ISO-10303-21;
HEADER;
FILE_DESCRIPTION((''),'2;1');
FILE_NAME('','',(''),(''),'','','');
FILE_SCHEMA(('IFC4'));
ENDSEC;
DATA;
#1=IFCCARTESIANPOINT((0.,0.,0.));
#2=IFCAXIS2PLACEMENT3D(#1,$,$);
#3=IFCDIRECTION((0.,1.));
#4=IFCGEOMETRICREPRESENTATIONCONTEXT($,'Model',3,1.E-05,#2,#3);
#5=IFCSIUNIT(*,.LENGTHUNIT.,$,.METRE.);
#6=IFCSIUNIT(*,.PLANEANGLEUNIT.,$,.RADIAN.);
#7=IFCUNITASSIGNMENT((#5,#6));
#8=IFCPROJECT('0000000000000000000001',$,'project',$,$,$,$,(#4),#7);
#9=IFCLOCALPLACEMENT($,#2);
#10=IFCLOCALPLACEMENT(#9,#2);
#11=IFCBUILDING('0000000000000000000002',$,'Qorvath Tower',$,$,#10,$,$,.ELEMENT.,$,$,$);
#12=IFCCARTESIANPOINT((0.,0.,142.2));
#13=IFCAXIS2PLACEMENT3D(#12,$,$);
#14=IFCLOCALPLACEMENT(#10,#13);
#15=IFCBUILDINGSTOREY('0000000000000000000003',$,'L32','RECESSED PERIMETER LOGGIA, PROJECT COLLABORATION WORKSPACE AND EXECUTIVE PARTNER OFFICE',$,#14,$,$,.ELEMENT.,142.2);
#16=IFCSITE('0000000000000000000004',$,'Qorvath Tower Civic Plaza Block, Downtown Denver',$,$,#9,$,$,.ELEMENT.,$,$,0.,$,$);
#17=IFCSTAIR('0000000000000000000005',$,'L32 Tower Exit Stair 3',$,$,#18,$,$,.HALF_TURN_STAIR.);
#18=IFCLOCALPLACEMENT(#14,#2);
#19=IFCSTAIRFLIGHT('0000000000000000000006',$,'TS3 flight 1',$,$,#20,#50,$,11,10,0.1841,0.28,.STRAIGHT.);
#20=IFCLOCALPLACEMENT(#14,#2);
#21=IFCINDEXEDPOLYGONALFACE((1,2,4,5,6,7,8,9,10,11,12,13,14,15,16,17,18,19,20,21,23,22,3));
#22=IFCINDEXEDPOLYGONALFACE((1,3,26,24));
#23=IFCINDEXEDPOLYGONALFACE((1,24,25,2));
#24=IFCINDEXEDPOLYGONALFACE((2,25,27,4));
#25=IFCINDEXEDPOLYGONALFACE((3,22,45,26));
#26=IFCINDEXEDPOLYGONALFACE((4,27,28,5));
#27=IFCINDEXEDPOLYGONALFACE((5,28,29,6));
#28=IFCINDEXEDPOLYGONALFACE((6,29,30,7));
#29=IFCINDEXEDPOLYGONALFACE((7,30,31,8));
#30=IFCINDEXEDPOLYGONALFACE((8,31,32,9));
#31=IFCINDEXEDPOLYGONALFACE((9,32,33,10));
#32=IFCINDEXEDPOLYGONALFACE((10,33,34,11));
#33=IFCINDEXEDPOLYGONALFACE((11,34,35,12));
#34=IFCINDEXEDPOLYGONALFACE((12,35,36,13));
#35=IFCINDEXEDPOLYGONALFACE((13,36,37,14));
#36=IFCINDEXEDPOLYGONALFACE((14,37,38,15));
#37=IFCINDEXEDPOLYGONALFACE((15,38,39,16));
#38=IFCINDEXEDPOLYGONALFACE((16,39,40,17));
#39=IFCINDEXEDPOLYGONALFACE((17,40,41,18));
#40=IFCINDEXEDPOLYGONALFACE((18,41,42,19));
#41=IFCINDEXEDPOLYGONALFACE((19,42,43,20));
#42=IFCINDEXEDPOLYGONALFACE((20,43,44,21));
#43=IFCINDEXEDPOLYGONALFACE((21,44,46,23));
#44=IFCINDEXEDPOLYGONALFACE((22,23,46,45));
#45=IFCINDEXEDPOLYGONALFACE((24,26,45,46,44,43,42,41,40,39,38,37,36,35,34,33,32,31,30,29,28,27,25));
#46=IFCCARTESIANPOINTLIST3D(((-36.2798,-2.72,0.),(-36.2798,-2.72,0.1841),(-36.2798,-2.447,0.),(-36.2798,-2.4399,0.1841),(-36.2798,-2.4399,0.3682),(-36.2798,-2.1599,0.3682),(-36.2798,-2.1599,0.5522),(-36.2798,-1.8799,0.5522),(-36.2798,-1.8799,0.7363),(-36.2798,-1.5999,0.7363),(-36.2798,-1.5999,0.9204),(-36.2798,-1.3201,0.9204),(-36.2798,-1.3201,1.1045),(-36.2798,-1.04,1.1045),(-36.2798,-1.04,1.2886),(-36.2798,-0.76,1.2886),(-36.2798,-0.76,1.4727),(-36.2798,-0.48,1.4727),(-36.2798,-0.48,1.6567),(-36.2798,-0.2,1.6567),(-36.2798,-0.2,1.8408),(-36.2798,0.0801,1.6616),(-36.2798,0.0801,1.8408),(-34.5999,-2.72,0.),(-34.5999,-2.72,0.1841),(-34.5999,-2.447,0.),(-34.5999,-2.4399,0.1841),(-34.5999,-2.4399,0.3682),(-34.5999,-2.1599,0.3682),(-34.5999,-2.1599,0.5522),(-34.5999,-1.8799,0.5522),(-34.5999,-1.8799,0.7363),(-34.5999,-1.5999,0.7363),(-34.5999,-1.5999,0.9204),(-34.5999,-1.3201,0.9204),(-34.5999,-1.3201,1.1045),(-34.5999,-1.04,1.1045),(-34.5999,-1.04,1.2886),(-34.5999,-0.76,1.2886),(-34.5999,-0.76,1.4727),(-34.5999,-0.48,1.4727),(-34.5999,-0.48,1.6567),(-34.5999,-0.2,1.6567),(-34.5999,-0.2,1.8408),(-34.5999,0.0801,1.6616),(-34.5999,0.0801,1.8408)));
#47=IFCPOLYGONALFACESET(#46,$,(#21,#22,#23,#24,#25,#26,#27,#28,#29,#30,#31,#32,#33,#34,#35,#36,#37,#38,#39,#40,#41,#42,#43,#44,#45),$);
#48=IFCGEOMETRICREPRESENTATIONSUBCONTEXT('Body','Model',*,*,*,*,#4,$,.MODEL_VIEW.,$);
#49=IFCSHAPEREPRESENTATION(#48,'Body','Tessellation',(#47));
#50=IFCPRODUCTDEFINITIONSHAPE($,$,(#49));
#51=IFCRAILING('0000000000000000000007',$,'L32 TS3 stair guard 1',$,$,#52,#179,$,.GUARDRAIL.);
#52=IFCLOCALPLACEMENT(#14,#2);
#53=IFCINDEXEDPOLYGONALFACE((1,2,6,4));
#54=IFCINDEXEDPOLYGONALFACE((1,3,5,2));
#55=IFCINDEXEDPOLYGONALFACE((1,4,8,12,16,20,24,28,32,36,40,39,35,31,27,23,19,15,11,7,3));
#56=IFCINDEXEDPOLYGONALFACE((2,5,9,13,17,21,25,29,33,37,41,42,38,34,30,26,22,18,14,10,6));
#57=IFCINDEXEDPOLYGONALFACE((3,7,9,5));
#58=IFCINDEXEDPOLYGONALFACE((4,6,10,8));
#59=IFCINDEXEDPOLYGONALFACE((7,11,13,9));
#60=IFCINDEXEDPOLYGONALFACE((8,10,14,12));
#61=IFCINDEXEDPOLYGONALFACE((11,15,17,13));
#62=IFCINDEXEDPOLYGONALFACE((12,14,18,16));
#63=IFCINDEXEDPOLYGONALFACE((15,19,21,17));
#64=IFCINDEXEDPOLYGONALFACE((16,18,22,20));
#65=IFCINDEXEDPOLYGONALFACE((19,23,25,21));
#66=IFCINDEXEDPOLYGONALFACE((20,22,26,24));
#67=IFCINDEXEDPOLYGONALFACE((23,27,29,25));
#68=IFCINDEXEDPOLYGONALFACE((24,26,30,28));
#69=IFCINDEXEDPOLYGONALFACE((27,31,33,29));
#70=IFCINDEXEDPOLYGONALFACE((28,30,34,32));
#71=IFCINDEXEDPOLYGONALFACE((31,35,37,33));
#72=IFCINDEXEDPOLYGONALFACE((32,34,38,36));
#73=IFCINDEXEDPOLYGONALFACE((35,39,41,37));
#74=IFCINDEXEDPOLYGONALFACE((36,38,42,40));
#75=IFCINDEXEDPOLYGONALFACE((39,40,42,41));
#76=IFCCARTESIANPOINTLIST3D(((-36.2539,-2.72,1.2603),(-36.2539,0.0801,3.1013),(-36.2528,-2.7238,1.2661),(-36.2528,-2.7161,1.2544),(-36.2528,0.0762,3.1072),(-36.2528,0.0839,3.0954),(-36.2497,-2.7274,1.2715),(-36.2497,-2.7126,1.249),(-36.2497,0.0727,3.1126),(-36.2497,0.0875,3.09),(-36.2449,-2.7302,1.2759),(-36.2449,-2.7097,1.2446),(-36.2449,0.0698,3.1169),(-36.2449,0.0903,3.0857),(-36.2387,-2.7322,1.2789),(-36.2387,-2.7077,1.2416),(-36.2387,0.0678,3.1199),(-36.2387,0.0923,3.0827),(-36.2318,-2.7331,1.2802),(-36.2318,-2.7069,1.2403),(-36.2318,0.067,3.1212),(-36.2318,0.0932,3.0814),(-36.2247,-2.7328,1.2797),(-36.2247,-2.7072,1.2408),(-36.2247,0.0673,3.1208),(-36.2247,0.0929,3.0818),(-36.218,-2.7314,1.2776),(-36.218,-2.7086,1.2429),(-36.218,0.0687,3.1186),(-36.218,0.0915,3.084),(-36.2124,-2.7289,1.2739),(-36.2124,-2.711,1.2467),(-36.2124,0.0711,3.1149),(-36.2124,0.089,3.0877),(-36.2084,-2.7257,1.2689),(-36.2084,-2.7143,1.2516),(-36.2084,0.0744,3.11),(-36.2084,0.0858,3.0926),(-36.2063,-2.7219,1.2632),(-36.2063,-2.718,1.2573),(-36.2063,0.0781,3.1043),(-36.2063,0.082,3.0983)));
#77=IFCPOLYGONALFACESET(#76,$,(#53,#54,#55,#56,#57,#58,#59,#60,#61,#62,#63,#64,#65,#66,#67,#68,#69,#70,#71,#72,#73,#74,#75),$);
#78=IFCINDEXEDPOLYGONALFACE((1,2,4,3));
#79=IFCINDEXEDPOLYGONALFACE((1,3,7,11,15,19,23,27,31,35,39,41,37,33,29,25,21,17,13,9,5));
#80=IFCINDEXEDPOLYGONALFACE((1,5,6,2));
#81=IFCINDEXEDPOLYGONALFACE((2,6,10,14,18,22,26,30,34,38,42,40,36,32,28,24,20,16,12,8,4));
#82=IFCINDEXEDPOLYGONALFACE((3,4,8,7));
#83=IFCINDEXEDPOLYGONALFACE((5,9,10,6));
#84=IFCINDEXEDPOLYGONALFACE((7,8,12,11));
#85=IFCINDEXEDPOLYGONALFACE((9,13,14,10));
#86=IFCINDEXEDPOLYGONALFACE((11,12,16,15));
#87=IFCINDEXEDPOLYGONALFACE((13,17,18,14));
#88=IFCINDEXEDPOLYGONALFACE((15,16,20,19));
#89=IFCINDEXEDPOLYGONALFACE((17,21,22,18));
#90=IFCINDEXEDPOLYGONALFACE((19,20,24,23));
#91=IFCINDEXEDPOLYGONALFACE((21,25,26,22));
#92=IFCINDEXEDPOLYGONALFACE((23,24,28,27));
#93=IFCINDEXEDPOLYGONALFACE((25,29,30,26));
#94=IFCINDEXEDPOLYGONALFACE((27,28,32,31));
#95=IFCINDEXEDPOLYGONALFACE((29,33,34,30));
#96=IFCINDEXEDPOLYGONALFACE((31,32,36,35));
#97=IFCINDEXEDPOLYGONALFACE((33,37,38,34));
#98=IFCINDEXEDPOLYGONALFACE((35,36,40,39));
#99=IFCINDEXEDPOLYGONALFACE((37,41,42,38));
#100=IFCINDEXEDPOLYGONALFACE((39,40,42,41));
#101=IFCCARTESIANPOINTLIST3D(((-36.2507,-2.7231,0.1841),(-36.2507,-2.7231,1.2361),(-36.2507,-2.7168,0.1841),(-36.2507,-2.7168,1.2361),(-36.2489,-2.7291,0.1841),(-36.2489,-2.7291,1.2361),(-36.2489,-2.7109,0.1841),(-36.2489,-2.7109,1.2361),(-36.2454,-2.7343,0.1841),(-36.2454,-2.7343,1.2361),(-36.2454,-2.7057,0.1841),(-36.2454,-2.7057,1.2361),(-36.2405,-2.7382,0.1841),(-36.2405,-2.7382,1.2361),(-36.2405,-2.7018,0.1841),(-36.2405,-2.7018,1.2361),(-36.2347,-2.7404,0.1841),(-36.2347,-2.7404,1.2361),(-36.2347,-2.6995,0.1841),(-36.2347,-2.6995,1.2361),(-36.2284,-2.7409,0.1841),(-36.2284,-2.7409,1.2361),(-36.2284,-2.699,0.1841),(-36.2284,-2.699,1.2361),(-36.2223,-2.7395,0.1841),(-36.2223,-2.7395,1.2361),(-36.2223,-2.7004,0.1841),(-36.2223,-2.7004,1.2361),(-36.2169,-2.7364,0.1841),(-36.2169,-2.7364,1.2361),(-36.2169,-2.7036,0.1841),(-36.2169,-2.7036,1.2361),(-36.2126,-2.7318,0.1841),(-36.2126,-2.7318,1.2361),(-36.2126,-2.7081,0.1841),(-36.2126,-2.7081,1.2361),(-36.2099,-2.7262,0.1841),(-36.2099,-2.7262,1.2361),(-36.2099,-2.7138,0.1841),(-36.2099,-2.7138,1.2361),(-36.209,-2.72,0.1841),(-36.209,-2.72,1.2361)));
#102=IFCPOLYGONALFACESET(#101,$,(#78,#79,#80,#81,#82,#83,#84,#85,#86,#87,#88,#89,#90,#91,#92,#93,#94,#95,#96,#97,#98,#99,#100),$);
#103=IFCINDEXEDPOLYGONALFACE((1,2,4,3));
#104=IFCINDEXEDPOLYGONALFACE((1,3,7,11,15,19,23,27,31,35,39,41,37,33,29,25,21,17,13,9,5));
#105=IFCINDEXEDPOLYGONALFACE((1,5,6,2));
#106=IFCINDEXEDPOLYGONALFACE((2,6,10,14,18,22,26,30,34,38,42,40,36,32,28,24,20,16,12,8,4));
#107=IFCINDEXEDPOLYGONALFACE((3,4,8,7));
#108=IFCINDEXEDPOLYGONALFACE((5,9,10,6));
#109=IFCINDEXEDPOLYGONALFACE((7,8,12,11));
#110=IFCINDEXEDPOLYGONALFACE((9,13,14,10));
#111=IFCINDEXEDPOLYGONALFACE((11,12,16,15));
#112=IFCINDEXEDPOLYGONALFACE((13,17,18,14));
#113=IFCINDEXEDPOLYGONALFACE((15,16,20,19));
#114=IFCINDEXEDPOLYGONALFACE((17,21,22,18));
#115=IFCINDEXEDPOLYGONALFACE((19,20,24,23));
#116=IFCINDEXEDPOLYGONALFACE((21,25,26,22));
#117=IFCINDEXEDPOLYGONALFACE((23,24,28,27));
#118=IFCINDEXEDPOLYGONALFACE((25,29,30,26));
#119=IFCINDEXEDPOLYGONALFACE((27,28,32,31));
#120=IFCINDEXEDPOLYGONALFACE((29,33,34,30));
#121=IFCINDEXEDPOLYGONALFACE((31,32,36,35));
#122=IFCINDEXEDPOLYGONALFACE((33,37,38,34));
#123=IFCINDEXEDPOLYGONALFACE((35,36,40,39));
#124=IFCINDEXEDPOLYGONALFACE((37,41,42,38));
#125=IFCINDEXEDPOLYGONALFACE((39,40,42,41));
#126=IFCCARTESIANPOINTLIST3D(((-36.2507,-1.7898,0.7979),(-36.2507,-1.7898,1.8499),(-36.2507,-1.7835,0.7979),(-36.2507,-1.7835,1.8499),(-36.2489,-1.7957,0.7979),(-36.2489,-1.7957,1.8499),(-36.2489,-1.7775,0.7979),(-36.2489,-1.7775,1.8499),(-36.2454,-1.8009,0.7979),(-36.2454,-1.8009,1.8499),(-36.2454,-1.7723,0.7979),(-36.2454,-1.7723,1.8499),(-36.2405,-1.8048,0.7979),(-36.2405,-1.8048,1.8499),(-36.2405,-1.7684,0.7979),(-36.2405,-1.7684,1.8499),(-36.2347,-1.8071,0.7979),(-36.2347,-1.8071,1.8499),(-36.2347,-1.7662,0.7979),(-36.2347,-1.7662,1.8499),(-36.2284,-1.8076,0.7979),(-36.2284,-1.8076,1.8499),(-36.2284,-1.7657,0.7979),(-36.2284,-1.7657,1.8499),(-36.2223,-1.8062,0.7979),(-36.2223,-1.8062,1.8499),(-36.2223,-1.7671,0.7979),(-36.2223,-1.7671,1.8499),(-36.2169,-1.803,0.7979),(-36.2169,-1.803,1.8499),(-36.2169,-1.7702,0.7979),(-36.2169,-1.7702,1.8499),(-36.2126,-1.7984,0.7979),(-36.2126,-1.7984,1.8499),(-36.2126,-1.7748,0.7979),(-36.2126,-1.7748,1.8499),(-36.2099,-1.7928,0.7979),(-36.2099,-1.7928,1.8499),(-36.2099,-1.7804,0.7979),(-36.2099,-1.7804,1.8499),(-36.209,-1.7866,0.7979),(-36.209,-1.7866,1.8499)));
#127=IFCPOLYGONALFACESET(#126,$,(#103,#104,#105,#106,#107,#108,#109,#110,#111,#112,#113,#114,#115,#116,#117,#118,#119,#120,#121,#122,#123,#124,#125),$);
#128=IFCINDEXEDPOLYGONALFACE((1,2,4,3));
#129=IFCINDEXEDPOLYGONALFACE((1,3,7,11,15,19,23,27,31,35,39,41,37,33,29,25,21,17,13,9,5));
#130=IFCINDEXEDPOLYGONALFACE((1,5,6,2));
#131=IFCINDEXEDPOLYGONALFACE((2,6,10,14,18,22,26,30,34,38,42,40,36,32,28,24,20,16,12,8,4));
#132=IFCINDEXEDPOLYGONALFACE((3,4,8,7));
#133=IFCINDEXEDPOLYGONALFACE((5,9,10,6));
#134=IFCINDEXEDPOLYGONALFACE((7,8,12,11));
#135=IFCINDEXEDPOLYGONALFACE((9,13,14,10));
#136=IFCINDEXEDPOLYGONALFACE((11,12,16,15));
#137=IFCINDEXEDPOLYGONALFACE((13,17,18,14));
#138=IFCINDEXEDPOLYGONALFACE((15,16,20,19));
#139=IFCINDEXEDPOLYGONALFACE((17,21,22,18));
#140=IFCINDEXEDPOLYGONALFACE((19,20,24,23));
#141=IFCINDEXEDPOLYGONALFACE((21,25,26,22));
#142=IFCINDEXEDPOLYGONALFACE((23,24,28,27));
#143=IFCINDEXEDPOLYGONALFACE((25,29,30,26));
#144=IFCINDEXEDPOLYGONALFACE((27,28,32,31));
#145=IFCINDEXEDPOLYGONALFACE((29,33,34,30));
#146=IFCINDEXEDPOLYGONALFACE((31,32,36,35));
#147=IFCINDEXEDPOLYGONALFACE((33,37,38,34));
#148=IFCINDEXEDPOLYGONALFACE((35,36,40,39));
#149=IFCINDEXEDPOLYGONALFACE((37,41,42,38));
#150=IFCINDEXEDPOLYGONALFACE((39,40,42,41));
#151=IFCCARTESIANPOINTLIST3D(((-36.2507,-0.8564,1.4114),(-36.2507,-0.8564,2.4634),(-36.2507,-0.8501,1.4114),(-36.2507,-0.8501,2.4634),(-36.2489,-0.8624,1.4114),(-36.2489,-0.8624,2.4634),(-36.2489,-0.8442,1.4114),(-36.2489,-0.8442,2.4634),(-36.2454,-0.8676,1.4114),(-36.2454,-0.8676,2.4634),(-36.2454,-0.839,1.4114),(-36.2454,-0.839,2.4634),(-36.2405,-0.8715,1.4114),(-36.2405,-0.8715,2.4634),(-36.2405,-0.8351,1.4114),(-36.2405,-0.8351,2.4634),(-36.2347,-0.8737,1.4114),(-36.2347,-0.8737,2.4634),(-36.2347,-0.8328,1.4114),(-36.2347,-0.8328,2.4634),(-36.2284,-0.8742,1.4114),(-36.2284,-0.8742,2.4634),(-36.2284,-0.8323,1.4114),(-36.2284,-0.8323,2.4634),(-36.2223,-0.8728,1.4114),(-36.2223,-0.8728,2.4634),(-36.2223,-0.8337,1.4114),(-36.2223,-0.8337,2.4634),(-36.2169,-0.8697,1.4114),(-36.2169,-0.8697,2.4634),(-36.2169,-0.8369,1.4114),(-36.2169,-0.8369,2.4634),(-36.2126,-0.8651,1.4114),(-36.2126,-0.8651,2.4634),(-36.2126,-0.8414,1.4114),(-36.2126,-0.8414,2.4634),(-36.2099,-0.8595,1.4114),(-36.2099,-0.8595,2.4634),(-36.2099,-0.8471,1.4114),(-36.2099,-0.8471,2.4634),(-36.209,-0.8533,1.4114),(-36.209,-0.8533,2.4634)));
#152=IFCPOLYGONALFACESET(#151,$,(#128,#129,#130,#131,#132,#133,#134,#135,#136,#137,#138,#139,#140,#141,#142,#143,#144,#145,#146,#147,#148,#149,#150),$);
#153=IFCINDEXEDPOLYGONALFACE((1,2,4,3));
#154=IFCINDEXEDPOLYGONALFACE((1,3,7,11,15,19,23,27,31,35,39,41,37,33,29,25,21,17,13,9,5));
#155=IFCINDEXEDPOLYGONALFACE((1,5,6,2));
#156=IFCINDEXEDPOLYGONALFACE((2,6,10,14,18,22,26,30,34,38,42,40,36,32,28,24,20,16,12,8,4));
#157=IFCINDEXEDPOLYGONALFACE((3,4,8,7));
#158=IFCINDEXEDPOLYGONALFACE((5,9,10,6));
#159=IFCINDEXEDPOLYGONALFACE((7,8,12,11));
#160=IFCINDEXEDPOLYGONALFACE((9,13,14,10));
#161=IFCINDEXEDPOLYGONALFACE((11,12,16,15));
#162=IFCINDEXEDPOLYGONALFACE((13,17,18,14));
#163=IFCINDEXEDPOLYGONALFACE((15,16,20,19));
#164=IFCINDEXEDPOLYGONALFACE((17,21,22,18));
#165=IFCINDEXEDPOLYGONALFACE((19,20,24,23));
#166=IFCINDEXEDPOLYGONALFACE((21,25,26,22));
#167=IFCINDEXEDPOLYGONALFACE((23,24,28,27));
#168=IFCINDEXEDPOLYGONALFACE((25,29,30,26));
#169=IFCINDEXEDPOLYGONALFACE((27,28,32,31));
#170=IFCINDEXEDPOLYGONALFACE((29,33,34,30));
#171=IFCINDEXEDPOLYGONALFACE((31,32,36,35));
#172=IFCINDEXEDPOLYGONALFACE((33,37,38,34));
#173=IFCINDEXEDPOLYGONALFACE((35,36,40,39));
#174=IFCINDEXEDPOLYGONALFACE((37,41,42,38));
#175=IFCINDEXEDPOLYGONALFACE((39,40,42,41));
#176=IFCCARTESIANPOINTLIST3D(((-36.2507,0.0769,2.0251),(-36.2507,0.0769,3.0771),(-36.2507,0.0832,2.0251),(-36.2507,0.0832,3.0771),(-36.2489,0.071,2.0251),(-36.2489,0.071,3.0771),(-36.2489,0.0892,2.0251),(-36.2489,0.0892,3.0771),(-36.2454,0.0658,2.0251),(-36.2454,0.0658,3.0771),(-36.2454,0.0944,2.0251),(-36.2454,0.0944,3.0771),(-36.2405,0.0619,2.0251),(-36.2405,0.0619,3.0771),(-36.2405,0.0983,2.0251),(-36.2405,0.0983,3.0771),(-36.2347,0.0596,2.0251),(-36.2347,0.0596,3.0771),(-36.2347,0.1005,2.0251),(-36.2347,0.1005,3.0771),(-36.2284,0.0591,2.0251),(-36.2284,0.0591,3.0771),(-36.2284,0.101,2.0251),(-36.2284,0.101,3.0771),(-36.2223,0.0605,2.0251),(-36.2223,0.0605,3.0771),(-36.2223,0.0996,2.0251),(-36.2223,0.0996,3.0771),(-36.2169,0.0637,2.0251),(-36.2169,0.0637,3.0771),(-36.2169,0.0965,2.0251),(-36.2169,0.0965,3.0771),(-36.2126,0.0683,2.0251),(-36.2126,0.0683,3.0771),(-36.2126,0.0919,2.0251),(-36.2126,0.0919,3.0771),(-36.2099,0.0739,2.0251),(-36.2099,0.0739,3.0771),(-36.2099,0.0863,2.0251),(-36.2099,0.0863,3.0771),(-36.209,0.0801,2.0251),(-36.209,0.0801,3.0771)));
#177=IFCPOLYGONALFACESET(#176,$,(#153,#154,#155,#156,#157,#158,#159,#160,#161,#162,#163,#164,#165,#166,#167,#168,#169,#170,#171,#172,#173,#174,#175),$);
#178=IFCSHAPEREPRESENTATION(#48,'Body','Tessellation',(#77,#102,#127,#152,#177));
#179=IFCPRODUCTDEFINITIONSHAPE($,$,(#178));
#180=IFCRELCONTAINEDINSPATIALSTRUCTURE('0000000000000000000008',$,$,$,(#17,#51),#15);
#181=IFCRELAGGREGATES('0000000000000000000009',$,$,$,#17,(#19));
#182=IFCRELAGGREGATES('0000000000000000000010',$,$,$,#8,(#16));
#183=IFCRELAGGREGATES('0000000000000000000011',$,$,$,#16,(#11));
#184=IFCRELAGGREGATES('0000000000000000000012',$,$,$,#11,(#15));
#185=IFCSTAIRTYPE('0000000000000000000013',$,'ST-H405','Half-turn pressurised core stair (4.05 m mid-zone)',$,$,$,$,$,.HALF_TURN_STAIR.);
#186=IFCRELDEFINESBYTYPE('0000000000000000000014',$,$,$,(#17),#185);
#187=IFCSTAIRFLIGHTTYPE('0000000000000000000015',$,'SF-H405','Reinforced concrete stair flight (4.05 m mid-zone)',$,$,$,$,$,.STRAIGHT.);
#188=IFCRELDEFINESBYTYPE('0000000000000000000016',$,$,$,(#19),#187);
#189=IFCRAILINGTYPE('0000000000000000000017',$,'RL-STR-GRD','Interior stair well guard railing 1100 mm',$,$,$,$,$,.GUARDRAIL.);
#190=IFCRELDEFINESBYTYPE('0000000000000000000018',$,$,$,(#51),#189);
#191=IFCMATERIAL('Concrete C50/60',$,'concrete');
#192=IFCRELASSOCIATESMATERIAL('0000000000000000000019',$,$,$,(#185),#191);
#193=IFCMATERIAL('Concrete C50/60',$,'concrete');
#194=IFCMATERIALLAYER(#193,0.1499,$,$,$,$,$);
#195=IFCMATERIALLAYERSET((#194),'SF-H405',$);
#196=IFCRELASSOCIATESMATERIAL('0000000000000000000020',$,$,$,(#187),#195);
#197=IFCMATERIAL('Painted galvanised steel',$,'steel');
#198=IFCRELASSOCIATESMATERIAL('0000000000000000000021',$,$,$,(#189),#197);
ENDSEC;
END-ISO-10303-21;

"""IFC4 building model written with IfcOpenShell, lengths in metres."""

from ifc_helpers import new_model, si_unit, direction, frame, origin, origin_2d, place, context, subcontext, project, spatial, polyline, circle, outline, extrude, material, layer, layer_set, type_object, element, aggregate, save


model = new_model("IFC4")

# Units and contexts
model_context = context("Model", 3, precision=1e-05, world=origin(), true_north=direction((0.0, 1.0)))
body_context = subcontext(model_context, "Body", "Model", "MODEL_VIEW")
ifc_project = project(units=[si_unit("LENGTHUNIT", "METRE"), si_unit("PLANEANGLEUNIT", "RADIAN")], contexts=[model_context])

# Site, building, storey
site_placement = place(None, origin())
site = spatial("IfcSite", under=ifc_project, at=site_placement, Name="Qorvath Tower Civic Plaza Block, Downtown Denver", CompositionType="ELEMENT", RefElevation=0.0)
building_placement = place(site_placement, origin())
building = spatial("IfcBuilding", under=site, at=building_placement, Name="Qorvath Tower", CompositionType="ELEMENT")
storey_placement = place(building_placement, frame((0.0, 0.0, 142.2)))
storey = spatial("IfcBuildingStorey", under=building, at=storey_placement, Name="L32", Description="RECESSED PERIMETER LOGGIA, PROJECT COLLABORATION WORKSPACE AND EXECUTIVE PARTNER OFFICE", CompositionType="ELEMENT", Elevation=142.2)

# Stair, stair flight
ifc_material_1 = material(Name="Concrete C50/60", Category="concrete")
stair_type = type_object("IfcStairType", Name="ST-H405", Description="Half-turn pressurised core stair (4.05 m mid-zone)", PredefinedType="HALF_TURN_STAIR", material=ifc_material_1)
stair_placement = place(storey_placement, origin())
stair = element("IfcStair", 1, at=stair_placement, inside=storey, type_object=stair_type, Name="L32 Tower Exit Stair 3", PredefinedType="HALF_TURN_STAIR")
ifc_material_2 = material(Name="Concrete C50/60", Category="concrete")
ifc_layer_1 = layer(ifc_material_2, 0.1499)
ifc_layer_set_1 = layer_set([ifc_layer_1], Name="SF-H405")
stair_flight_type = type_object("IfcStairFlightType", Name="SF-H405", Description="Reinforced concrete stair flight (4.05 m mid-zone)", PredefinedType="STRAIGHT", material=ifc_layer_set_1)
stair_flight_placement = place(storey_placement, frame((-35.4399, -2.72, 0.0), z_axis=(0.0, 0.0, 1.0), x_axis=(0.0, 1.0, 0.0)))
stair_flight = element("IfcStairFlight", 2, at=stair_flight_placement, type_object=stair_flight_type, Name="TS3 flight 1", NumberOfRisers=11, NumberOfTreads=10, PredefinedType="STRAIGHT", RiserHeight=0.1841, TreadLength=0.28, context=body_context, shape_type="SweptSolid", body=[
    extrude(outline(polyline([(0.0, 0.0), (0.0, 0.1841), (0.28, 0.1841), (0.28, 0.3682), (0.5601, 0.3682), (0.5601, 0.5522), (0.8401, 0.5522), (0.8401, 0.7363), (1.1201, 0.7363), (1.1201, 0.9204), (1.3999, 0.9204), (1.3999, 1.1045), (1.6799, 1.1045), (1.6799, 1.2886), (1.96, 1.2886), (1.96, 1.4727), (2.24, 1.4727), (2.24, 1.6567), (2.52, 1.6567), (2.52, 1.8408), (2.8, 1.8408), (2.8, 2.0249), (2.8, 1.6616), (0.2729, 0.0), (0.0, 0.0)])), frame((0.0, 0.8398, 0.0), z_axis=(0.0, -1.0, 0.0), x_axis=(1.0, 0.0, 0.0)), (0.0, 0.0, 1.0), 1.6799),
])
aggregate(stair, [stair_flight])

# Railing
ifc_material_3 = material(Name="Painted galvanised steel", Category="steel")
railing_type_1 = type_object("IfcRailingType", Name="RL-STR-GRD", Description="Interior stair well guard railing 1100 mm", PredefinedType="GUARDRAIL", material=ifc_material_3)
railing_1_placement = place(storey_placement, frame((-36.23, -2.72, 0.1841)))
element("IfcRailing", 3, at=railing_1_placement, inside=storey, type_object=railing_type_1, Name="L32 TS3 stair guard 1", PredefinedType="GUARDRAIL", context=body_context, shape_type="SweptSolid", body=[
    extrude(circle(Radius=0.0239, at=origin_2d()), frame((0.0, 0.0, 1.0762), z_axis=(0.0, 0.835564, 0.549393), x_axis=(-1.0, 0.0, 0.0)), (0.0, 0.0, 1.0), 3.3511),
    extrude(circle(Radius=0.021, at=origin_2d()), origin(), (0.0, 0.0, 1.0), 1.052),
    extrude(circle(Radius=0.021, at=origin_2d()), frame((0.0, 0.9333, 0.6138)), (0.0, 0.0, 1.0), 1.052),
    extrude(circle(Radius=0.021, at=origin_2d()), frame((0.0, 1.8667, 1.2273)), (0.0, 0.0, 1.0), 1.052),
    extrude(circle(Radius=0.021, at=origin_2d()), frame((0.0, 2.8, 1.8411)), (0.0, 0.0, 1.0), 1.052),
])

save(model, "model.ifc")
